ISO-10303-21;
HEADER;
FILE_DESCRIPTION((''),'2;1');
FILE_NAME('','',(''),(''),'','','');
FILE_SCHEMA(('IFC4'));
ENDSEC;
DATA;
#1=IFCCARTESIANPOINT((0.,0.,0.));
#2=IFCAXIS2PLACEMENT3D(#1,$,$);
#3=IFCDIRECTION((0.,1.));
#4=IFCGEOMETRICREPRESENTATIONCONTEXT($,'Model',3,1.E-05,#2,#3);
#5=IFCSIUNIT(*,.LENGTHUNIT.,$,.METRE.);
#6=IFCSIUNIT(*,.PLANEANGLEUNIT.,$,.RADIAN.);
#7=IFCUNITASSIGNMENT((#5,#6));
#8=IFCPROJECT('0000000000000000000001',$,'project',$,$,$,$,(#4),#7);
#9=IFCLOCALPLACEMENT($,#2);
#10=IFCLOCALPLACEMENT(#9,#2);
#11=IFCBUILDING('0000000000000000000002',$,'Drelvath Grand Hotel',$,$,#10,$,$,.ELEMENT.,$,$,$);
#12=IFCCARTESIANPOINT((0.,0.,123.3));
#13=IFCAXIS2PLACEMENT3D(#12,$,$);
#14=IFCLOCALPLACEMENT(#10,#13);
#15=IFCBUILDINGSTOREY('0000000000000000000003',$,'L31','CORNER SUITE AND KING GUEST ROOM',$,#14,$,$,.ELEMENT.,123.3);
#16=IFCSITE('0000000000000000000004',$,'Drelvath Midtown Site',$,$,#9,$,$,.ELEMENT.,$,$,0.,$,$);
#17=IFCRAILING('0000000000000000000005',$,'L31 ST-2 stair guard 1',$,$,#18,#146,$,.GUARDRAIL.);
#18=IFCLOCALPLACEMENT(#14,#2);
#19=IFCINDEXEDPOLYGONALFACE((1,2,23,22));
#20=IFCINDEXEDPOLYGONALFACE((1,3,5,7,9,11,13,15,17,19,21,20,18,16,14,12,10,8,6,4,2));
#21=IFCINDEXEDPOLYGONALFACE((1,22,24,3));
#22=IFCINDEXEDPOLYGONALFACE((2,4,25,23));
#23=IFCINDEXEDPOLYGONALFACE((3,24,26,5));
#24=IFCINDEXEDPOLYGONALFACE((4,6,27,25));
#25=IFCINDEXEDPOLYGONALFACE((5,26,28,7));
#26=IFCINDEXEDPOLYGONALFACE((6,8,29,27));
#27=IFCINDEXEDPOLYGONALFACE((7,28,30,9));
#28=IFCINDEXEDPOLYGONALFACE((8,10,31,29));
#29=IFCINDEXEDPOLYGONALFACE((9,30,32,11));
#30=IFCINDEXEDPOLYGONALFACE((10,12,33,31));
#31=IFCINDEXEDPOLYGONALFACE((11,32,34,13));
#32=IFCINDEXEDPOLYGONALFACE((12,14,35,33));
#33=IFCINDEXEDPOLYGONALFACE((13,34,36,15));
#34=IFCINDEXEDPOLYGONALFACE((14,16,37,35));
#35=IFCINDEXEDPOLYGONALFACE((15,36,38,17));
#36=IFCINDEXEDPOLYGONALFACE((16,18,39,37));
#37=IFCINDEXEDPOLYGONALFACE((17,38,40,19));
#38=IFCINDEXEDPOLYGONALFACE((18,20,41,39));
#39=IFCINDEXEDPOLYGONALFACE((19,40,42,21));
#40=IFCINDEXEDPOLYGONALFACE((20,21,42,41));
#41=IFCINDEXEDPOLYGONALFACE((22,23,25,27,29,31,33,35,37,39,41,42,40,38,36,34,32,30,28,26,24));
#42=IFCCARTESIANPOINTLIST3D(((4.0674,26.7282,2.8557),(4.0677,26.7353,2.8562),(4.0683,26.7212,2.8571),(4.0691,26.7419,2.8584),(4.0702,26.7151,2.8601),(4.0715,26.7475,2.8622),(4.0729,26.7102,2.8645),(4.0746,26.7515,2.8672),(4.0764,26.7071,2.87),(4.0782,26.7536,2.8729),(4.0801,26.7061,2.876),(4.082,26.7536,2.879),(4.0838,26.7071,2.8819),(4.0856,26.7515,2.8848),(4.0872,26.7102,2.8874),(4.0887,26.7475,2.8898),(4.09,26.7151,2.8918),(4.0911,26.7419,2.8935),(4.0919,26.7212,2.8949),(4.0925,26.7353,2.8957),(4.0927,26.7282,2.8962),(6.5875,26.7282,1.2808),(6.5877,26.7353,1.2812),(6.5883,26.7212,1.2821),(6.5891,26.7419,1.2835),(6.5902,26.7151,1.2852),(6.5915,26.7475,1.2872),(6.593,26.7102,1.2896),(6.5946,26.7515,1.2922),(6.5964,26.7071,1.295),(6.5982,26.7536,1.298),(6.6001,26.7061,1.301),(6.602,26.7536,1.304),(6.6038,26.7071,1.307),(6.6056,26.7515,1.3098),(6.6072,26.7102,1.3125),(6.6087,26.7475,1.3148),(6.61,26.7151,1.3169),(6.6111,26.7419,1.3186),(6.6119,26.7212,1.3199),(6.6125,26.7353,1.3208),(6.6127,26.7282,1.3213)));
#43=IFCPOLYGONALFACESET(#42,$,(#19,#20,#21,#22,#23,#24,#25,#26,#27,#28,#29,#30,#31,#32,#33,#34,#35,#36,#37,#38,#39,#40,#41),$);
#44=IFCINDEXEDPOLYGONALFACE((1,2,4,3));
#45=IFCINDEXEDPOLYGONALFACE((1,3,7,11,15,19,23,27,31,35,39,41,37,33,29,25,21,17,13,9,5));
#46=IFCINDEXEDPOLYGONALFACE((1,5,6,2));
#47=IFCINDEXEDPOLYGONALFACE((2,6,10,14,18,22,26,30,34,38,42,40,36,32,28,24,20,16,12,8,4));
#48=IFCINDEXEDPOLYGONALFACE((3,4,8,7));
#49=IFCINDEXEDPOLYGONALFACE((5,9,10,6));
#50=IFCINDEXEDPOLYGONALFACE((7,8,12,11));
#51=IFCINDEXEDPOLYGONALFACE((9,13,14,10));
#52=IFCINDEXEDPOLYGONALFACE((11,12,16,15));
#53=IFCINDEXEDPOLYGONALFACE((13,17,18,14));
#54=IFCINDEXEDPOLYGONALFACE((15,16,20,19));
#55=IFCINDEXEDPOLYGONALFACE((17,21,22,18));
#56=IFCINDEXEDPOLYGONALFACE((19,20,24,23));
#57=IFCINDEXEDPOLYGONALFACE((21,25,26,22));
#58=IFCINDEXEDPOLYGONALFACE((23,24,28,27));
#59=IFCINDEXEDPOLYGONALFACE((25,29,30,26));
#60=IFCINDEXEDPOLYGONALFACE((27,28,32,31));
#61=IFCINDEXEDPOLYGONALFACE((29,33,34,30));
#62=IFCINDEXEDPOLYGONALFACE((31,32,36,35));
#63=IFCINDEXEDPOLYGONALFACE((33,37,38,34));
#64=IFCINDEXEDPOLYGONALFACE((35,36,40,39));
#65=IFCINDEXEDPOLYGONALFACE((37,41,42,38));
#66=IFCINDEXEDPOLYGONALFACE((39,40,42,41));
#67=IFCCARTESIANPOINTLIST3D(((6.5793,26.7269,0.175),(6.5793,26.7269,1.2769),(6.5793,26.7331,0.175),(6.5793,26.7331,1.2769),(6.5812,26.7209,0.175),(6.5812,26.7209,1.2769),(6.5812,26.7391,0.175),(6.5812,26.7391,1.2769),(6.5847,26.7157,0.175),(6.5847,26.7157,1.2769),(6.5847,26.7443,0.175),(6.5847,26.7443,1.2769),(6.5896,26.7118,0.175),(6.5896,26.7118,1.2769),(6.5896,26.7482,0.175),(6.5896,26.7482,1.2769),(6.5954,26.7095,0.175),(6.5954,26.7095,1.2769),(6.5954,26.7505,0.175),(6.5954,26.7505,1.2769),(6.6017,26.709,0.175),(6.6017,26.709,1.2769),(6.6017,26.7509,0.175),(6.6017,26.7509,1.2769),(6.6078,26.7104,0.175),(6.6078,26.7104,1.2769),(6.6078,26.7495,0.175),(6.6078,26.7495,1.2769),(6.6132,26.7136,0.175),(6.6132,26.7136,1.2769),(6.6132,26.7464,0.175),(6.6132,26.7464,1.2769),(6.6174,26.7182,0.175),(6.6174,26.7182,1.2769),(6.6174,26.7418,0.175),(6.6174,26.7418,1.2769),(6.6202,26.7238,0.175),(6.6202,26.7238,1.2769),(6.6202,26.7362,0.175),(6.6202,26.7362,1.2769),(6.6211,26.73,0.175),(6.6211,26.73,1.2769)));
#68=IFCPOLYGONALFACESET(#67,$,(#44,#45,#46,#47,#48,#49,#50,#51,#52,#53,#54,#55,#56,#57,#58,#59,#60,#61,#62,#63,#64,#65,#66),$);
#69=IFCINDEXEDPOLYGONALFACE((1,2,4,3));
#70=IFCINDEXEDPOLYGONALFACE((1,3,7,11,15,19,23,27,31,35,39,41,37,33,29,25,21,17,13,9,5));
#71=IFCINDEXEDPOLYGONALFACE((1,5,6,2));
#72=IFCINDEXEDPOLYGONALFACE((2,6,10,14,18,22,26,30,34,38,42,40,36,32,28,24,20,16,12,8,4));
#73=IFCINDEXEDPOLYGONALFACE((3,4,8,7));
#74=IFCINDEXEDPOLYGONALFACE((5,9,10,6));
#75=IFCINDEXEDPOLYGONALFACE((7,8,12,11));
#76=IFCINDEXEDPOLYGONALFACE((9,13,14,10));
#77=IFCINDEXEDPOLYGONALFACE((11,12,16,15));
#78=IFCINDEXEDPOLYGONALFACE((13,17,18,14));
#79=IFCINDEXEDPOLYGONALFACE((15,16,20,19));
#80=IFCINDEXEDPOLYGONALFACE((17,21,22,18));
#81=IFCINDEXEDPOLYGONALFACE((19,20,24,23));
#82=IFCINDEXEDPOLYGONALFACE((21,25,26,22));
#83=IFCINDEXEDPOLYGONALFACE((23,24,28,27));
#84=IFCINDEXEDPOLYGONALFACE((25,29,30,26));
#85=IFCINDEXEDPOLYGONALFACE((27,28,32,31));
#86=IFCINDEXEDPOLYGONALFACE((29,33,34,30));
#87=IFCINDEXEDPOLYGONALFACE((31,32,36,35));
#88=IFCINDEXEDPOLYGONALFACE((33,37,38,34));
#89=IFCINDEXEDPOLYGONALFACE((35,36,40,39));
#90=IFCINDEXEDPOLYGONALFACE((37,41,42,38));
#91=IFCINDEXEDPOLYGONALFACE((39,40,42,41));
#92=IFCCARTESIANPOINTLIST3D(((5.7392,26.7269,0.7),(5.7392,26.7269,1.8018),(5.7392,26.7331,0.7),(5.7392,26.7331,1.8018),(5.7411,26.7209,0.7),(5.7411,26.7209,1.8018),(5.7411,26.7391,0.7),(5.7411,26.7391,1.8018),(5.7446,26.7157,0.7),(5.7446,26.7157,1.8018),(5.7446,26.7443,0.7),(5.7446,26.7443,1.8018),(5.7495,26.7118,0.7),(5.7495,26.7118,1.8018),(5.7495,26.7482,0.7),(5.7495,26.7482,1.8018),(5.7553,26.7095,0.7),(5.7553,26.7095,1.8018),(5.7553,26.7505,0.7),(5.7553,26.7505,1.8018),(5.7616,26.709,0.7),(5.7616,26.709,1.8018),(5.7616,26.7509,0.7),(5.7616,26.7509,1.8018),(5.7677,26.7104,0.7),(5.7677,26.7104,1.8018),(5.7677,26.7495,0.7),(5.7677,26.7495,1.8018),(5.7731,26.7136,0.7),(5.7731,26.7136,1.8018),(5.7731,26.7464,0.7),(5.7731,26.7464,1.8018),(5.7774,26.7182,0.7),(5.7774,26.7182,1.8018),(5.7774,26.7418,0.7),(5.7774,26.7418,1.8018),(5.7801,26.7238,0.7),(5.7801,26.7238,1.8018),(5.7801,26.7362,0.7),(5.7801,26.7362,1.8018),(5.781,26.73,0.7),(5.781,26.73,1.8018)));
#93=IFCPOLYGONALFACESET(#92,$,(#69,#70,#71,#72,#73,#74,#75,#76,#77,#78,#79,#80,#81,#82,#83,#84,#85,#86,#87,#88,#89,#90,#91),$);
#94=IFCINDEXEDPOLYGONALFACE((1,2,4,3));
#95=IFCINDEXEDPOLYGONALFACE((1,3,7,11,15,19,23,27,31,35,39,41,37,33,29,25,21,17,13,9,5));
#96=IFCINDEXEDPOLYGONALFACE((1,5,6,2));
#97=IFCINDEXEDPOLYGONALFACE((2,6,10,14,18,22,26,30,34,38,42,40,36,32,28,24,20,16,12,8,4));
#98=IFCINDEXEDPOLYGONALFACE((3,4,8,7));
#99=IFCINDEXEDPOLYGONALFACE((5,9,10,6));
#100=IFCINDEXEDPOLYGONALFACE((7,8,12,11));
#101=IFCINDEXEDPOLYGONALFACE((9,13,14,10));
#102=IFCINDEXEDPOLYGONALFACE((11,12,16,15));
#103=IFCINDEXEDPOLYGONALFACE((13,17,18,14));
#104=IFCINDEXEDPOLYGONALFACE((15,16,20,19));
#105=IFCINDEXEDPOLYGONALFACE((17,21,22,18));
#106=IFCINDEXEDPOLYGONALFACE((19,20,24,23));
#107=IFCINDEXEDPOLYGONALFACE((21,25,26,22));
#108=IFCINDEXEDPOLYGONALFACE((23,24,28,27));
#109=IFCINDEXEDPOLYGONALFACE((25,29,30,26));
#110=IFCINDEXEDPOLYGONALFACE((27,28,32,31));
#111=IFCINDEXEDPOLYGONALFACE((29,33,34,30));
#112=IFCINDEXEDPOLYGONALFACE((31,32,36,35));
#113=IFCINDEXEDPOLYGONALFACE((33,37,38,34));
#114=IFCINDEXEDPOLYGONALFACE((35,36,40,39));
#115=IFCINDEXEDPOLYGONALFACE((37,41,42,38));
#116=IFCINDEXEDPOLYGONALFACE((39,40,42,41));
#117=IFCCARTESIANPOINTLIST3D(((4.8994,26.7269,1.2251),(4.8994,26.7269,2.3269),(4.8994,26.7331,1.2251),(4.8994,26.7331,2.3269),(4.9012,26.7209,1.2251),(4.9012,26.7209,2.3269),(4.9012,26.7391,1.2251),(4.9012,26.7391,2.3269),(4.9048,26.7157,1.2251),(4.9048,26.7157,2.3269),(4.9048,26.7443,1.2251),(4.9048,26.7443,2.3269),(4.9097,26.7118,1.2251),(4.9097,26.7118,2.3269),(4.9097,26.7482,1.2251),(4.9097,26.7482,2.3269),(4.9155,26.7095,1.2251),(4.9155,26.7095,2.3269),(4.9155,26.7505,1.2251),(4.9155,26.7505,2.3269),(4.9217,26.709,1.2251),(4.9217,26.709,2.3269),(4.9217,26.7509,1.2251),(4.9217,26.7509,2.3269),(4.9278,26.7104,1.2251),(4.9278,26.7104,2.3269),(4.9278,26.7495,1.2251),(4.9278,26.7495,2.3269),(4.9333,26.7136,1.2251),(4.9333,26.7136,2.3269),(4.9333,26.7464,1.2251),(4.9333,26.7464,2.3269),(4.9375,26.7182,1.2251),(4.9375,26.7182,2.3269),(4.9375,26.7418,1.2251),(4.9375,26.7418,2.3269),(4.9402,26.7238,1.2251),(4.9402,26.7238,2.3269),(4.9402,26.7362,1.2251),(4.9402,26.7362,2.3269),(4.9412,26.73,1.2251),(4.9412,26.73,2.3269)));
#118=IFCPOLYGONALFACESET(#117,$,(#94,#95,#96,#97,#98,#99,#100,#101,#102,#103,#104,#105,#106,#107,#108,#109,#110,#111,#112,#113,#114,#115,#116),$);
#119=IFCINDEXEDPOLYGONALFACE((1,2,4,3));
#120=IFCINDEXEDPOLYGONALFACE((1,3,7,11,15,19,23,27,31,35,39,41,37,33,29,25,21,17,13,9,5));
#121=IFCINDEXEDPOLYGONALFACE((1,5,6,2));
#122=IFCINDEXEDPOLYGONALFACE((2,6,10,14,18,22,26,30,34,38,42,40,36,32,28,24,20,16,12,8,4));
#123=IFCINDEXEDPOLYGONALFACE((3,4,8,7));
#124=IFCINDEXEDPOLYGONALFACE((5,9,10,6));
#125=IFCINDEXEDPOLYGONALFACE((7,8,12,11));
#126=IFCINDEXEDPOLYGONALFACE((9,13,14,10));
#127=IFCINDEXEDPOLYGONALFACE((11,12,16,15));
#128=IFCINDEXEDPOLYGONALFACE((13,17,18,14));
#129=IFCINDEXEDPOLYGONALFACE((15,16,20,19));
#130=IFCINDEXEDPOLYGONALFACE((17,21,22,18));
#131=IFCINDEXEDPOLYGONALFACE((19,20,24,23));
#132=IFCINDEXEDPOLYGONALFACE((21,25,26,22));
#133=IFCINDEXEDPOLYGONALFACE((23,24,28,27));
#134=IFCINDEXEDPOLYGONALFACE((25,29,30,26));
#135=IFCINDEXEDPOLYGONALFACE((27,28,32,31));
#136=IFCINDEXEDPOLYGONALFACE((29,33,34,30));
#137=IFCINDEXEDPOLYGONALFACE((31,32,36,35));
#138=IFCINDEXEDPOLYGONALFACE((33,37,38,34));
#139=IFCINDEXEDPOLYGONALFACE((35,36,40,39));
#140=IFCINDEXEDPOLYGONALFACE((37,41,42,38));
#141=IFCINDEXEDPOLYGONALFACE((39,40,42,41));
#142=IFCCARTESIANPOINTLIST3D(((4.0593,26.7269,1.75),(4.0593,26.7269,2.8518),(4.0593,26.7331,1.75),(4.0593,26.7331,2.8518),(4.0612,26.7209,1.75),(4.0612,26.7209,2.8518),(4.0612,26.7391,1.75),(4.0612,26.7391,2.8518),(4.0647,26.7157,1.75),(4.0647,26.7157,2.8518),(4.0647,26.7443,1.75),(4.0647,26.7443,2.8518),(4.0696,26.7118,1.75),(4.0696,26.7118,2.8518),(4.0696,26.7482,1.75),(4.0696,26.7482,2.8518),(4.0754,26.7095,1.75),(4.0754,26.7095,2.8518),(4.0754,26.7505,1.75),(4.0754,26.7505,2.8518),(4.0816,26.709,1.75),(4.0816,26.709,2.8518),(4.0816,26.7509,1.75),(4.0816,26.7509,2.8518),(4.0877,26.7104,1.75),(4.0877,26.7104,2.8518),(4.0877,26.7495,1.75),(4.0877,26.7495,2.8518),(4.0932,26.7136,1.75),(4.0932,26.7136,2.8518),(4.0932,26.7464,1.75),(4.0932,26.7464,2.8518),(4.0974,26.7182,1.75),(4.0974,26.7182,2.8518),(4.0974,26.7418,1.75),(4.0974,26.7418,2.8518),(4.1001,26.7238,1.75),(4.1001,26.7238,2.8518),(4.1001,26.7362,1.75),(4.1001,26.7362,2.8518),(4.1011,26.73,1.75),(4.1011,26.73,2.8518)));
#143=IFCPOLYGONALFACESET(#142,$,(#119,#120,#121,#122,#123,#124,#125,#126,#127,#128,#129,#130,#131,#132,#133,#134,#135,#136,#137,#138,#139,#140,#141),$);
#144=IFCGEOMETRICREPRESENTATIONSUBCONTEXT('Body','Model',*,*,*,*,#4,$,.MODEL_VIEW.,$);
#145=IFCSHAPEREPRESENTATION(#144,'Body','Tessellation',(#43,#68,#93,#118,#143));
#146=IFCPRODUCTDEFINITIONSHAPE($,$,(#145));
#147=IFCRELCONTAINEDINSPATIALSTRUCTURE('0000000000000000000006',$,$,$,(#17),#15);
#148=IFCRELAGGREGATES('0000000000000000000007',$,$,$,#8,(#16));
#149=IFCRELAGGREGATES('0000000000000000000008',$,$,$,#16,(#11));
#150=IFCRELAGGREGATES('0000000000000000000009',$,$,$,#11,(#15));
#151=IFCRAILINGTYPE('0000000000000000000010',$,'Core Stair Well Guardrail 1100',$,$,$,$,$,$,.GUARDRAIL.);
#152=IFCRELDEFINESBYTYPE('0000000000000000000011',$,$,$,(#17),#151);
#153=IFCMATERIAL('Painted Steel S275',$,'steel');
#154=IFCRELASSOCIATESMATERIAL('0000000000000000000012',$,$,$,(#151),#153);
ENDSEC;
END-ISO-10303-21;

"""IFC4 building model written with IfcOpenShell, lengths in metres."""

from ifc_helpers import new_model, si_unit, direction, frame, origin, origin_2d, place, context, subcontext, project, spatial, circle, extrude, material, type_object, element, save


model = new_model("IFC4")

# Units and contexts
model_context = context("Model", 3, precision=1e-05, world=origin(), true_north=direction((0.0, 1.0)))
body_context = subcontext(model_context, "Body", "Model", "MODEL_VIEW")
ifc_project = project(units=[si_unit("LENGTHUNIT", "METRE"), si_unit("PLANEANGLEUNIT", "RADIAN")], contexts=[model_context])

# Site, building, storey
site_placement = place(None, origin())
site = spatial("IfcSite", under=ifc_project, at=site_placement, Name="Drelvath Midtown Site", CompositionType="ELEMENT", RefElevation=0.0)
building_placement = place(site_placement, origin())
building = spatial("IfcBuilding", under=site, at=building_placement, Name="Drelvath Grand Hotel", CompositionType="ELEMENT")
storey_placement = place(building_placement, frame((0.0, 0.0, 123.3)))
storey = spatial("IfcBuildingStorey", under=building, at=storey_placement, Name="L31", Description="CORNER SUITE AND KING GUEST ROOM", CompositionType="ELEMENT", Elevation=123.3)

# Shared definitions
ifc_material_1 = material(Name="Painted Steel S275", Category="steel")

# Railing
railing_type_1 = type_object("IfcRailingType", Name="Core Stair Well Guardrail 1100", PredefinedType="GUARDRAIL", material=ifc_material_1)
railing_1_placement = place(storey_placement, frame((6.6001, 26.73, 0.175)))
element("IfcRailing", 1, at=railing_1_placement, inside=storey, type_object=railing_type_1, Name="L31 ST-2 stair guard 1", PredefinedType="GUARDRAIL", context=body_context, shape_type="SweptSolid", body=[
    extrude(circle(Radius=0.0239, at=origin_2d()), frame((0.0, 0.0, 1.126), z_axis=(-0.848008, 0.0, 0.529984), x_axis=(0.0, -1.0, 0.0)), (0.0, 0.0, 1.0), 2.9717),
    extrude(circle(Radius=0.021, at=origin_2d()), origin(), (0.0, 0.0, 1.0), 1.1018),
    extrude(circle(Radius=0.021, at=origin_2d()), frame((-0.8401, 0.0, 0.5249)), (0.0, 0.0, 1.0), 1.1018),
    extrude(circle(Radius=0.021, at=origin_2d()), frame((-1.6799, 0.0, 1.05)), (0.0, 0.0, 1.0), 1.1018),
    extrude(circle(Radius=0.021, at=origin_2d()), frame((-2.52, 0.0, 1.575)), (0.0, 0.0, 1.0), 1.1018),
])

save(model, "model.ifc")
